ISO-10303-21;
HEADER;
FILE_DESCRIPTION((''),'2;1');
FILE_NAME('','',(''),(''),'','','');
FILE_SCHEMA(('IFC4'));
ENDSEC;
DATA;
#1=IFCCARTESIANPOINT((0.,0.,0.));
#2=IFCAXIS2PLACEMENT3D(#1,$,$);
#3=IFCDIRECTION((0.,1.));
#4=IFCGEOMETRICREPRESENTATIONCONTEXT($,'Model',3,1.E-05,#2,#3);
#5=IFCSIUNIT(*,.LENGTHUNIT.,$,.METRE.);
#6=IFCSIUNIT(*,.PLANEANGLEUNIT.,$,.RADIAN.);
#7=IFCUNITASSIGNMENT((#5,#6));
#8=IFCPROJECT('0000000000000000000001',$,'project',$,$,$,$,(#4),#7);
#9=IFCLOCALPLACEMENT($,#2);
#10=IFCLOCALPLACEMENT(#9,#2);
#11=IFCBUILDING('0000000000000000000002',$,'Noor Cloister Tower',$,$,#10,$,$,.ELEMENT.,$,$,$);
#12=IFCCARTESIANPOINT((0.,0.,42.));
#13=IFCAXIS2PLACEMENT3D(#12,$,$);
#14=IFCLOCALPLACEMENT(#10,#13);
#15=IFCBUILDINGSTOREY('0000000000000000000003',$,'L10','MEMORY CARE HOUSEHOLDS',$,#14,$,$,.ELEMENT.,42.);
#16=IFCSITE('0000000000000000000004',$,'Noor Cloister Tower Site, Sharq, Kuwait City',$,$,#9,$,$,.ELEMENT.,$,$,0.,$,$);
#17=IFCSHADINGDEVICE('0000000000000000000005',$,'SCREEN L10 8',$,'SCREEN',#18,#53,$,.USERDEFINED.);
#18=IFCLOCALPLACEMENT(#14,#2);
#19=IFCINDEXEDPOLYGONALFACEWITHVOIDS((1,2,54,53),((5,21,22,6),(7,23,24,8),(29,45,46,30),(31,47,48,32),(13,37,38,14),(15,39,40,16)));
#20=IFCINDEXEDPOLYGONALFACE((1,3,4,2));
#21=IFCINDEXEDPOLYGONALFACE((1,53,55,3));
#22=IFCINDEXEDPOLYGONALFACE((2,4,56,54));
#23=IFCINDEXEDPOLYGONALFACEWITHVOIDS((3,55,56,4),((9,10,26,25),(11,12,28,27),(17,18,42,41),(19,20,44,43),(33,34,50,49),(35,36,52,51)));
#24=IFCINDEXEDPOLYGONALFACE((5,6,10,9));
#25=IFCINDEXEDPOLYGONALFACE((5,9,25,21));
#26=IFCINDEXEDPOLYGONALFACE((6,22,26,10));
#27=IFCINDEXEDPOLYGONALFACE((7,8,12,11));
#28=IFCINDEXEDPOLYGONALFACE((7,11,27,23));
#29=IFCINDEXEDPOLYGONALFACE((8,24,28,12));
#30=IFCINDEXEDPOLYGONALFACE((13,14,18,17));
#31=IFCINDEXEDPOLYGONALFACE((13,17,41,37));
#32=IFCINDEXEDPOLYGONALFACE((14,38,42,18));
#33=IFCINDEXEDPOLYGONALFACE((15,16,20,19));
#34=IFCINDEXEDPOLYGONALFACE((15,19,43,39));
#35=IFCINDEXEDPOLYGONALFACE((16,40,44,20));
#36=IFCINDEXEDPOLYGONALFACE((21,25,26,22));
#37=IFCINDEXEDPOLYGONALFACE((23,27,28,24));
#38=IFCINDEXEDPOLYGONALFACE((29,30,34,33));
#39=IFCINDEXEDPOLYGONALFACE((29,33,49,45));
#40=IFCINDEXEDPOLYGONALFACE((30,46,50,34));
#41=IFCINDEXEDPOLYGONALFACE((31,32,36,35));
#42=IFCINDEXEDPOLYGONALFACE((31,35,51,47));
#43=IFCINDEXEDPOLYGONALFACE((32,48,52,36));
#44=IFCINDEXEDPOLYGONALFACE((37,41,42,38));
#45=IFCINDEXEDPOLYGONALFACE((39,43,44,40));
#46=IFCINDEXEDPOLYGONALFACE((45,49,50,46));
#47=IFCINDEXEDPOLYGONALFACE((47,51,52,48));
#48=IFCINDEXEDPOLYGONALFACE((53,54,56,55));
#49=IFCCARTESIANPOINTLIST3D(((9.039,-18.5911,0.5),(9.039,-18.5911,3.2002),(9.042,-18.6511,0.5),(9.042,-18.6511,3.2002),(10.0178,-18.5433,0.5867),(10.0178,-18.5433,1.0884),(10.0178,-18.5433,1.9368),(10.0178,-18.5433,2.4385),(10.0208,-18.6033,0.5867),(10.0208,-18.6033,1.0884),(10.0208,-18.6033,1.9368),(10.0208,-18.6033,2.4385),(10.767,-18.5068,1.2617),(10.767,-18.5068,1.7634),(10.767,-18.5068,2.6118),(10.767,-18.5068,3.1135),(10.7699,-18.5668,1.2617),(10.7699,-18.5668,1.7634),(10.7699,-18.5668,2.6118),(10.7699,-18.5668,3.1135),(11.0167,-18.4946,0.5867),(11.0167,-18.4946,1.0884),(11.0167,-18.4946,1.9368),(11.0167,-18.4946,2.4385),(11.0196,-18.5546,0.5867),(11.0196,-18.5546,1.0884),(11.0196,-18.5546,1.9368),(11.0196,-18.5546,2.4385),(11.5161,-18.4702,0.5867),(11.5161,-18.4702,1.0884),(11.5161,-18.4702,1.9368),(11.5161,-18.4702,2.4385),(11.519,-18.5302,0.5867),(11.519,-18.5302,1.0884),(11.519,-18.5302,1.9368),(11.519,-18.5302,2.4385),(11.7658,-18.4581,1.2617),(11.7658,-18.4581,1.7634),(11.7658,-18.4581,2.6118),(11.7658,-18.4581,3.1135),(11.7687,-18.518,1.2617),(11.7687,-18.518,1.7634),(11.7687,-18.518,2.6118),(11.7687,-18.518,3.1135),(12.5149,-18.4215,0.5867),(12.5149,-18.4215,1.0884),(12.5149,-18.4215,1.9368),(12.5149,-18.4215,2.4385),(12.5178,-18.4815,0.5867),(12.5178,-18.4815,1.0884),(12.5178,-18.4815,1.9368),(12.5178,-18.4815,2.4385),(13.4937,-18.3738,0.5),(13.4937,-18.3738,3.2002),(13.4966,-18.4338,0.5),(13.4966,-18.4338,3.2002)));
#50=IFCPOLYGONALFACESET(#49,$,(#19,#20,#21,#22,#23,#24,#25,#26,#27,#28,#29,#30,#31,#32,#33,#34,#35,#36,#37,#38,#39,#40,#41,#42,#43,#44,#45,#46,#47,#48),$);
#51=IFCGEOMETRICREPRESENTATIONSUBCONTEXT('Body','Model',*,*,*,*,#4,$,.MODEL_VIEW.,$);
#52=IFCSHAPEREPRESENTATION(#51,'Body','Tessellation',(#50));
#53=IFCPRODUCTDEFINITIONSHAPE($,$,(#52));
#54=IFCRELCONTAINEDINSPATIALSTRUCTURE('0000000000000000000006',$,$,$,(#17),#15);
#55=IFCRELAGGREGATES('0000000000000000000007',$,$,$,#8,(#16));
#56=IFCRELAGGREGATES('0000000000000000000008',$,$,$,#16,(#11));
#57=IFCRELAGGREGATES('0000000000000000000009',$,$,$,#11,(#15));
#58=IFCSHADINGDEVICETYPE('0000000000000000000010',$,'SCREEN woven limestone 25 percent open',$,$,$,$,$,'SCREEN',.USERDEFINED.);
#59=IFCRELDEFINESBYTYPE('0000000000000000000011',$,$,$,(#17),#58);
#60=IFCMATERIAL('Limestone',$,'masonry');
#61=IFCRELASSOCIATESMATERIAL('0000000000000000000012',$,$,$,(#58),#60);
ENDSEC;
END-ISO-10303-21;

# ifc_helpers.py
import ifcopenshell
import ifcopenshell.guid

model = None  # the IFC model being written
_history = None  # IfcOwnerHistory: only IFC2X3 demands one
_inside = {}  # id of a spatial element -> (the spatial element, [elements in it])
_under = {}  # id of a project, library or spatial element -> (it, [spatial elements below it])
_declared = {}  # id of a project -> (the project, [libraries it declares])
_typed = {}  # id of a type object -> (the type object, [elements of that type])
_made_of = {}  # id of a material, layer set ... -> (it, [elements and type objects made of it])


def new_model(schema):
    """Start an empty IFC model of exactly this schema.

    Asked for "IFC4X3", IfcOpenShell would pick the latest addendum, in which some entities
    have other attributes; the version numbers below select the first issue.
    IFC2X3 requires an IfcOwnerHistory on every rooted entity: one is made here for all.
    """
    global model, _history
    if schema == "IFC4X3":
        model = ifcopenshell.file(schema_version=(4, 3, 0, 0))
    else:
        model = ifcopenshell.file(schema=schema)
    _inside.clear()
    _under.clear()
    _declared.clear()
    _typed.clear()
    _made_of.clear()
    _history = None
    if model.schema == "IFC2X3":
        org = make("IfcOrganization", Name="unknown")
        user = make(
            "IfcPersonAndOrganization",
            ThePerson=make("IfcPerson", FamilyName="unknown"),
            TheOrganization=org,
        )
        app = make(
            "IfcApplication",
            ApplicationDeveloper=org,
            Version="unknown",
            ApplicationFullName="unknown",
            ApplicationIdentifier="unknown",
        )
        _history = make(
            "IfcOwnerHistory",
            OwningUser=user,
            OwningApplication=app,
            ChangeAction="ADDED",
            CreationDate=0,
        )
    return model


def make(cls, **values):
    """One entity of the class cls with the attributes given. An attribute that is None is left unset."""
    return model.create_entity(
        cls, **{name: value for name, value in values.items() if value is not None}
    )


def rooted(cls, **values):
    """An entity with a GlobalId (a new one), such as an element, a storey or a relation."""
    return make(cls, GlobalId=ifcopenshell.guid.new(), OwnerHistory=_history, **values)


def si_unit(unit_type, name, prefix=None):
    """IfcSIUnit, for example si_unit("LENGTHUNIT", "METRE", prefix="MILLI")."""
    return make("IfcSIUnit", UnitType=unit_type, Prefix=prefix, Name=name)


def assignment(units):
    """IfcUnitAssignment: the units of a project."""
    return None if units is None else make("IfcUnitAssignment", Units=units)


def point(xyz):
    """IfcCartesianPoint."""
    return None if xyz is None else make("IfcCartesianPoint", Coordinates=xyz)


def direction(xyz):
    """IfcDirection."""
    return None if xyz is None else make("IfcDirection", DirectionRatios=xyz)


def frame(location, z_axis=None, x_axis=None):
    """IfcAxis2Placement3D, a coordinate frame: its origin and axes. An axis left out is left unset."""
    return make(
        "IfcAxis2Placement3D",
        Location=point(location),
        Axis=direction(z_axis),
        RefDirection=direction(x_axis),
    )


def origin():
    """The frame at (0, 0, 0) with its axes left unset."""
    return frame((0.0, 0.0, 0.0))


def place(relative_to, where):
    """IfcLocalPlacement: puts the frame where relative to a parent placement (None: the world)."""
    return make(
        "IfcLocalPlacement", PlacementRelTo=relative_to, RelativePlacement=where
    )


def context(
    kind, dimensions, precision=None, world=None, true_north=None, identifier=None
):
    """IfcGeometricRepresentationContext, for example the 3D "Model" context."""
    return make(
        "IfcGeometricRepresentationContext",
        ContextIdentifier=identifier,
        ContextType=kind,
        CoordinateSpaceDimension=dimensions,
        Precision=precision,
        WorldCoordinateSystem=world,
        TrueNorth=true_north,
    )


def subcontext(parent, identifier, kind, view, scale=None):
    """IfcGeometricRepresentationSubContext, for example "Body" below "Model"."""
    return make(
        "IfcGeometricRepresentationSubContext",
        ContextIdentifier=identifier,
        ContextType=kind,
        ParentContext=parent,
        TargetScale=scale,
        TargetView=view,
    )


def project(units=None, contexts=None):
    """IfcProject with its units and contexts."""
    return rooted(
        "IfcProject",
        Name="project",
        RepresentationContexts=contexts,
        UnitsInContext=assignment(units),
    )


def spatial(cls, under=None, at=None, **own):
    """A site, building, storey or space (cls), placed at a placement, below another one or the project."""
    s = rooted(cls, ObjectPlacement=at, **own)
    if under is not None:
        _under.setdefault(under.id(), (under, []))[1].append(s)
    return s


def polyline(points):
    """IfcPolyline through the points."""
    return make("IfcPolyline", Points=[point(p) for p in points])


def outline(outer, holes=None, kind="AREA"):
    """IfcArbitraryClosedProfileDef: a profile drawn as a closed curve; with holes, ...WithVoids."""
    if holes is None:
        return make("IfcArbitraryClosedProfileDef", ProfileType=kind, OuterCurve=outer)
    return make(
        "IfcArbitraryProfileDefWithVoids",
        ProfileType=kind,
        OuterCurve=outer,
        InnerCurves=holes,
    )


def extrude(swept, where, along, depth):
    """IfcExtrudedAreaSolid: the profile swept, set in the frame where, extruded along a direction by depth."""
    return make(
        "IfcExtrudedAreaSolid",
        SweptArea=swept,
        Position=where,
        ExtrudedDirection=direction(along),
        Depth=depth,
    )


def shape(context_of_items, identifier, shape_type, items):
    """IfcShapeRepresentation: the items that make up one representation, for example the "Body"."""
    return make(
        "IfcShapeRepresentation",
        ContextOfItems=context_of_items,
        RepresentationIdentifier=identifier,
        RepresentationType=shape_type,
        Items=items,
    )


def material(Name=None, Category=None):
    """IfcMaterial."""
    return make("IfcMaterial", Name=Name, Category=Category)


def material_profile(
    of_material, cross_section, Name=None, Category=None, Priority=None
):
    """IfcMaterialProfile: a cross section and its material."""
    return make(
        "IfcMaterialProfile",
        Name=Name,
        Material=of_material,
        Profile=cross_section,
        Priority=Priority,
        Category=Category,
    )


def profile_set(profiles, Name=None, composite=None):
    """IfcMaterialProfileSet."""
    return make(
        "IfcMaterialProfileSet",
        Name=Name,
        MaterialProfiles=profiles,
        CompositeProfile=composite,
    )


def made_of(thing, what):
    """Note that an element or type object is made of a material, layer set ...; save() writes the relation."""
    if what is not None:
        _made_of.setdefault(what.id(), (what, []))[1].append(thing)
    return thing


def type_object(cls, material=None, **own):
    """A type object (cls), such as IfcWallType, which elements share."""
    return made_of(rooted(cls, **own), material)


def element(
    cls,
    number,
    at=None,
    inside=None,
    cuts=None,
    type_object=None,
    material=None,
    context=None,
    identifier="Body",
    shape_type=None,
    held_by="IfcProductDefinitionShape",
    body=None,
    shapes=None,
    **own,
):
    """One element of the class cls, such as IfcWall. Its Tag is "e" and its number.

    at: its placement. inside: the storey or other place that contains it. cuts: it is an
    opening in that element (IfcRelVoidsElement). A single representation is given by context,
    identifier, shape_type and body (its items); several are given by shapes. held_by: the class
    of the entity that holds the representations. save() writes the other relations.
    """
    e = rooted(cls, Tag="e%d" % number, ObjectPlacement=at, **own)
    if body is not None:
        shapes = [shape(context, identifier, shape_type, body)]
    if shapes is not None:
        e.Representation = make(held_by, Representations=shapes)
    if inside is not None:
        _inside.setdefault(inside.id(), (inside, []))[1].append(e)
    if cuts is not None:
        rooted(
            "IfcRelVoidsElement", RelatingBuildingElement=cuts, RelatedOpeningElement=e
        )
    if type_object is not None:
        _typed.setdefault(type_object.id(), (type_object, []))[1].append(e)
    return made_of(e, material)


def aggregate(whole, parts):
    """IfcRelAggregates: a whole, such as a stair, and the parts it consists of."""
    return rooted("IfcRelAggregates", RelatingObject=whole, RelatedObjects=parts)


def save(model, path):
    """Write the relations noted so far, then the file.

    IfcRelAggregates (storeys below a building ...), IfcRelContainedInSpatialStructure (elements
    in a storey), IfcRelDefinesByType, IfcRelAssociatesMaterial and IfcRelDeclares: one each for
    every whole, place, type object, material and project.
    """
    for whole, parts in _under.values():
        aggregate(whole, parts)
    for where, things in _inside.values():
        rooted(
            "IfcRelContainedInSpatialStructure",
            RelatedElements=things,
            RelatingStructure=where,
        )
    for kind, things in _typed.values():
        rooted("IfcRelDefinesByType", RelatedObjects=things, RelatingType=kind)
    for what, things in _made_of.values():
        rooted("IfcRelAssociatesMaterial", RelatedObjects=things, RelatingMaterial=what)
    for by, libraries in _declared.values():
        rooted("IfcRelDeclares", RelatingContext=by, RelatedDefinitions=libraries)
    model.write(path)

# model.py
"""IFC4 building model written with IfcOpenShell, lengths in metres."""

from ifc_helpers import new_model, si_unit, direction, frame, origin, place, context, subcontext, project, spatial, polyline, outline, extrude, material, material_profile, profile_set, type_object, element, save


model = new_model("IFC4")

# Units and contexts
model_context = context("Model", 3, precision=1e-05, world=origin(), true_north=direction((0.0, 1.0)))
body_context = subcontext(model_context, "Body", "Model", "MODEL_VIEW")
ifc_project = project(units=[si_unit("LENGTHUNIT", "METRE"), si_unit("PLANEANGLEUNIT", "RADIAN")], contexts=[model_context])

# Site, building, storey
site_placement = place(None, origin())
site = spatial("IfcSite", under=ifc_project, at=site_placement, Name="Noor Cloister Tower Site, Sharq, Kuwait City", CompositionType="ELEMENT", RefElevation=0.0)
building_placement = place(site_placement, origin())
building = spatial("IfcBuilding", under=site, at=building_placement, Name="Noor Cloister Tower", CompositionType="ELEMENT")
storey_placement = place(building_placement, frame((0.0, 0.0, 42.0)))
storey = spatial("IfcBuildingStorey", under=building, at=storey_placement, Name="L10", Description="MEMORY CARE HOUSEHOLDS", CompositionType="ELEMENT", Elevation=42.0)

# Shading device
ifc_material_1 = material(Name="Limestone", Category="masonry")
ifc_material_profile_1 = material_profile(ifc_material_1, outline(polyline([(-2.23, -1.3501), (2.23, -1.3501), (2.23, 1.3501), (-2.23, 1.3501), (-2.23, -1.3501)]), holes=[polyline([(-1.25, -1.2634), (-0.25, -1.2634), (-0.25, -0.7617), (-1.25, -0.7617), (-1.25, -1.2634)]), polyline([(0.25, -1.2634), (1.25, -1.2634), (1.25, -0.7617), (0.25, -0.7617), (0.25, -1.2634)]), polyline([(-0.5, -0.5884), (0.5, -0.5884), (0.5, -0.0867), (-0.5, -0.0867), (-0.5, -0.5884)]), polyline([(-1.25, 0.0867), (-0.25, 0.0867), (-0.25, 0.5884), (-1.25, 0.5884), (-1.25, 0.0867)]), polyline([(0.25, 0.0867), (1.25, 0.0867), (1.25, 0.5884), (0.25, 0.5884), (0.25, 0.0867)]), polyline([(-0.5, 0.7617), (0.5, 0.7617), (0.5, 1.2634), (-0.5, 1.2634), (-0.5, 0.7617)])]), Name="Woven screen 25 percent open")
ifc_profile_set_1 = profile_set([ifc_material_profile_1], Name="Limestone")
shading_device_type = type_object("IfcShadingDeviceType", Name="SCREEN woven limestone 25 percent open", ElementType="SCREEN", PredefinedType="USERDEFINED", material=ifc_profile_set_1)
shading_device_placement = place(storey_placement, frame((11.2664, -18.4824, 1.8501), z_axis=(0.048723, -0.998812, 0.0), x_axis=(0.998812, 0.048723, 0.0)))
element("IfcShadingDevice", 1, at=shading_device_placement, inside=storey, type_object=shading_device_type, Name="SCREEN L10 8", ObjectType="SCREEN", PredefinedType="USERDEFINED", context=body_context, shape_type="SweptSolid", body=[
    extrude(outline(polyline([(-2.23, -1.3501), (2.23, -1.3501), (2.23, 1.3501), (-2.23, 1.3501), (-2.23, -1.3501)]), holes=[polyline([(-1.25, -1.2634), (-0.25, -1.2634), (-0.25, -0.7617), (-1.25, -0.7617), (-1.25, -1.2634)]), polyline([(0.25, -1.2634), (1.25, -1.2634), (1.25, -0.7617), (0.25, -0.7617), (0.25, -1.2634)]), polyline([(-0.5, -0.5884), (0.5, -0.5884), (0.5, -0.0867), (-0.5, -0.0867), (-0.5, -0.5884)]), polyline([(-1.25, 0.0867), (-0.25, 0.0867), (-0.25, 0.5884), (-1.25, 0.5884), (-1.25, 0.0867)]), polyline([(0.25, 0.0867), (1.25, 0.0867), (1.25, 0.5884), (0.25, 0.5884), (0.25, 0.0867)]), polyline([(-0.5, 0.7617), (0.5, 0.7617), (0.5, 1.2634), (-0.5, 1.2634), (-0.5, 0.7617)])]), origin(), (0.0, 0.0, 1.0), 0.0601),
])

save(model, "model.ifc")
